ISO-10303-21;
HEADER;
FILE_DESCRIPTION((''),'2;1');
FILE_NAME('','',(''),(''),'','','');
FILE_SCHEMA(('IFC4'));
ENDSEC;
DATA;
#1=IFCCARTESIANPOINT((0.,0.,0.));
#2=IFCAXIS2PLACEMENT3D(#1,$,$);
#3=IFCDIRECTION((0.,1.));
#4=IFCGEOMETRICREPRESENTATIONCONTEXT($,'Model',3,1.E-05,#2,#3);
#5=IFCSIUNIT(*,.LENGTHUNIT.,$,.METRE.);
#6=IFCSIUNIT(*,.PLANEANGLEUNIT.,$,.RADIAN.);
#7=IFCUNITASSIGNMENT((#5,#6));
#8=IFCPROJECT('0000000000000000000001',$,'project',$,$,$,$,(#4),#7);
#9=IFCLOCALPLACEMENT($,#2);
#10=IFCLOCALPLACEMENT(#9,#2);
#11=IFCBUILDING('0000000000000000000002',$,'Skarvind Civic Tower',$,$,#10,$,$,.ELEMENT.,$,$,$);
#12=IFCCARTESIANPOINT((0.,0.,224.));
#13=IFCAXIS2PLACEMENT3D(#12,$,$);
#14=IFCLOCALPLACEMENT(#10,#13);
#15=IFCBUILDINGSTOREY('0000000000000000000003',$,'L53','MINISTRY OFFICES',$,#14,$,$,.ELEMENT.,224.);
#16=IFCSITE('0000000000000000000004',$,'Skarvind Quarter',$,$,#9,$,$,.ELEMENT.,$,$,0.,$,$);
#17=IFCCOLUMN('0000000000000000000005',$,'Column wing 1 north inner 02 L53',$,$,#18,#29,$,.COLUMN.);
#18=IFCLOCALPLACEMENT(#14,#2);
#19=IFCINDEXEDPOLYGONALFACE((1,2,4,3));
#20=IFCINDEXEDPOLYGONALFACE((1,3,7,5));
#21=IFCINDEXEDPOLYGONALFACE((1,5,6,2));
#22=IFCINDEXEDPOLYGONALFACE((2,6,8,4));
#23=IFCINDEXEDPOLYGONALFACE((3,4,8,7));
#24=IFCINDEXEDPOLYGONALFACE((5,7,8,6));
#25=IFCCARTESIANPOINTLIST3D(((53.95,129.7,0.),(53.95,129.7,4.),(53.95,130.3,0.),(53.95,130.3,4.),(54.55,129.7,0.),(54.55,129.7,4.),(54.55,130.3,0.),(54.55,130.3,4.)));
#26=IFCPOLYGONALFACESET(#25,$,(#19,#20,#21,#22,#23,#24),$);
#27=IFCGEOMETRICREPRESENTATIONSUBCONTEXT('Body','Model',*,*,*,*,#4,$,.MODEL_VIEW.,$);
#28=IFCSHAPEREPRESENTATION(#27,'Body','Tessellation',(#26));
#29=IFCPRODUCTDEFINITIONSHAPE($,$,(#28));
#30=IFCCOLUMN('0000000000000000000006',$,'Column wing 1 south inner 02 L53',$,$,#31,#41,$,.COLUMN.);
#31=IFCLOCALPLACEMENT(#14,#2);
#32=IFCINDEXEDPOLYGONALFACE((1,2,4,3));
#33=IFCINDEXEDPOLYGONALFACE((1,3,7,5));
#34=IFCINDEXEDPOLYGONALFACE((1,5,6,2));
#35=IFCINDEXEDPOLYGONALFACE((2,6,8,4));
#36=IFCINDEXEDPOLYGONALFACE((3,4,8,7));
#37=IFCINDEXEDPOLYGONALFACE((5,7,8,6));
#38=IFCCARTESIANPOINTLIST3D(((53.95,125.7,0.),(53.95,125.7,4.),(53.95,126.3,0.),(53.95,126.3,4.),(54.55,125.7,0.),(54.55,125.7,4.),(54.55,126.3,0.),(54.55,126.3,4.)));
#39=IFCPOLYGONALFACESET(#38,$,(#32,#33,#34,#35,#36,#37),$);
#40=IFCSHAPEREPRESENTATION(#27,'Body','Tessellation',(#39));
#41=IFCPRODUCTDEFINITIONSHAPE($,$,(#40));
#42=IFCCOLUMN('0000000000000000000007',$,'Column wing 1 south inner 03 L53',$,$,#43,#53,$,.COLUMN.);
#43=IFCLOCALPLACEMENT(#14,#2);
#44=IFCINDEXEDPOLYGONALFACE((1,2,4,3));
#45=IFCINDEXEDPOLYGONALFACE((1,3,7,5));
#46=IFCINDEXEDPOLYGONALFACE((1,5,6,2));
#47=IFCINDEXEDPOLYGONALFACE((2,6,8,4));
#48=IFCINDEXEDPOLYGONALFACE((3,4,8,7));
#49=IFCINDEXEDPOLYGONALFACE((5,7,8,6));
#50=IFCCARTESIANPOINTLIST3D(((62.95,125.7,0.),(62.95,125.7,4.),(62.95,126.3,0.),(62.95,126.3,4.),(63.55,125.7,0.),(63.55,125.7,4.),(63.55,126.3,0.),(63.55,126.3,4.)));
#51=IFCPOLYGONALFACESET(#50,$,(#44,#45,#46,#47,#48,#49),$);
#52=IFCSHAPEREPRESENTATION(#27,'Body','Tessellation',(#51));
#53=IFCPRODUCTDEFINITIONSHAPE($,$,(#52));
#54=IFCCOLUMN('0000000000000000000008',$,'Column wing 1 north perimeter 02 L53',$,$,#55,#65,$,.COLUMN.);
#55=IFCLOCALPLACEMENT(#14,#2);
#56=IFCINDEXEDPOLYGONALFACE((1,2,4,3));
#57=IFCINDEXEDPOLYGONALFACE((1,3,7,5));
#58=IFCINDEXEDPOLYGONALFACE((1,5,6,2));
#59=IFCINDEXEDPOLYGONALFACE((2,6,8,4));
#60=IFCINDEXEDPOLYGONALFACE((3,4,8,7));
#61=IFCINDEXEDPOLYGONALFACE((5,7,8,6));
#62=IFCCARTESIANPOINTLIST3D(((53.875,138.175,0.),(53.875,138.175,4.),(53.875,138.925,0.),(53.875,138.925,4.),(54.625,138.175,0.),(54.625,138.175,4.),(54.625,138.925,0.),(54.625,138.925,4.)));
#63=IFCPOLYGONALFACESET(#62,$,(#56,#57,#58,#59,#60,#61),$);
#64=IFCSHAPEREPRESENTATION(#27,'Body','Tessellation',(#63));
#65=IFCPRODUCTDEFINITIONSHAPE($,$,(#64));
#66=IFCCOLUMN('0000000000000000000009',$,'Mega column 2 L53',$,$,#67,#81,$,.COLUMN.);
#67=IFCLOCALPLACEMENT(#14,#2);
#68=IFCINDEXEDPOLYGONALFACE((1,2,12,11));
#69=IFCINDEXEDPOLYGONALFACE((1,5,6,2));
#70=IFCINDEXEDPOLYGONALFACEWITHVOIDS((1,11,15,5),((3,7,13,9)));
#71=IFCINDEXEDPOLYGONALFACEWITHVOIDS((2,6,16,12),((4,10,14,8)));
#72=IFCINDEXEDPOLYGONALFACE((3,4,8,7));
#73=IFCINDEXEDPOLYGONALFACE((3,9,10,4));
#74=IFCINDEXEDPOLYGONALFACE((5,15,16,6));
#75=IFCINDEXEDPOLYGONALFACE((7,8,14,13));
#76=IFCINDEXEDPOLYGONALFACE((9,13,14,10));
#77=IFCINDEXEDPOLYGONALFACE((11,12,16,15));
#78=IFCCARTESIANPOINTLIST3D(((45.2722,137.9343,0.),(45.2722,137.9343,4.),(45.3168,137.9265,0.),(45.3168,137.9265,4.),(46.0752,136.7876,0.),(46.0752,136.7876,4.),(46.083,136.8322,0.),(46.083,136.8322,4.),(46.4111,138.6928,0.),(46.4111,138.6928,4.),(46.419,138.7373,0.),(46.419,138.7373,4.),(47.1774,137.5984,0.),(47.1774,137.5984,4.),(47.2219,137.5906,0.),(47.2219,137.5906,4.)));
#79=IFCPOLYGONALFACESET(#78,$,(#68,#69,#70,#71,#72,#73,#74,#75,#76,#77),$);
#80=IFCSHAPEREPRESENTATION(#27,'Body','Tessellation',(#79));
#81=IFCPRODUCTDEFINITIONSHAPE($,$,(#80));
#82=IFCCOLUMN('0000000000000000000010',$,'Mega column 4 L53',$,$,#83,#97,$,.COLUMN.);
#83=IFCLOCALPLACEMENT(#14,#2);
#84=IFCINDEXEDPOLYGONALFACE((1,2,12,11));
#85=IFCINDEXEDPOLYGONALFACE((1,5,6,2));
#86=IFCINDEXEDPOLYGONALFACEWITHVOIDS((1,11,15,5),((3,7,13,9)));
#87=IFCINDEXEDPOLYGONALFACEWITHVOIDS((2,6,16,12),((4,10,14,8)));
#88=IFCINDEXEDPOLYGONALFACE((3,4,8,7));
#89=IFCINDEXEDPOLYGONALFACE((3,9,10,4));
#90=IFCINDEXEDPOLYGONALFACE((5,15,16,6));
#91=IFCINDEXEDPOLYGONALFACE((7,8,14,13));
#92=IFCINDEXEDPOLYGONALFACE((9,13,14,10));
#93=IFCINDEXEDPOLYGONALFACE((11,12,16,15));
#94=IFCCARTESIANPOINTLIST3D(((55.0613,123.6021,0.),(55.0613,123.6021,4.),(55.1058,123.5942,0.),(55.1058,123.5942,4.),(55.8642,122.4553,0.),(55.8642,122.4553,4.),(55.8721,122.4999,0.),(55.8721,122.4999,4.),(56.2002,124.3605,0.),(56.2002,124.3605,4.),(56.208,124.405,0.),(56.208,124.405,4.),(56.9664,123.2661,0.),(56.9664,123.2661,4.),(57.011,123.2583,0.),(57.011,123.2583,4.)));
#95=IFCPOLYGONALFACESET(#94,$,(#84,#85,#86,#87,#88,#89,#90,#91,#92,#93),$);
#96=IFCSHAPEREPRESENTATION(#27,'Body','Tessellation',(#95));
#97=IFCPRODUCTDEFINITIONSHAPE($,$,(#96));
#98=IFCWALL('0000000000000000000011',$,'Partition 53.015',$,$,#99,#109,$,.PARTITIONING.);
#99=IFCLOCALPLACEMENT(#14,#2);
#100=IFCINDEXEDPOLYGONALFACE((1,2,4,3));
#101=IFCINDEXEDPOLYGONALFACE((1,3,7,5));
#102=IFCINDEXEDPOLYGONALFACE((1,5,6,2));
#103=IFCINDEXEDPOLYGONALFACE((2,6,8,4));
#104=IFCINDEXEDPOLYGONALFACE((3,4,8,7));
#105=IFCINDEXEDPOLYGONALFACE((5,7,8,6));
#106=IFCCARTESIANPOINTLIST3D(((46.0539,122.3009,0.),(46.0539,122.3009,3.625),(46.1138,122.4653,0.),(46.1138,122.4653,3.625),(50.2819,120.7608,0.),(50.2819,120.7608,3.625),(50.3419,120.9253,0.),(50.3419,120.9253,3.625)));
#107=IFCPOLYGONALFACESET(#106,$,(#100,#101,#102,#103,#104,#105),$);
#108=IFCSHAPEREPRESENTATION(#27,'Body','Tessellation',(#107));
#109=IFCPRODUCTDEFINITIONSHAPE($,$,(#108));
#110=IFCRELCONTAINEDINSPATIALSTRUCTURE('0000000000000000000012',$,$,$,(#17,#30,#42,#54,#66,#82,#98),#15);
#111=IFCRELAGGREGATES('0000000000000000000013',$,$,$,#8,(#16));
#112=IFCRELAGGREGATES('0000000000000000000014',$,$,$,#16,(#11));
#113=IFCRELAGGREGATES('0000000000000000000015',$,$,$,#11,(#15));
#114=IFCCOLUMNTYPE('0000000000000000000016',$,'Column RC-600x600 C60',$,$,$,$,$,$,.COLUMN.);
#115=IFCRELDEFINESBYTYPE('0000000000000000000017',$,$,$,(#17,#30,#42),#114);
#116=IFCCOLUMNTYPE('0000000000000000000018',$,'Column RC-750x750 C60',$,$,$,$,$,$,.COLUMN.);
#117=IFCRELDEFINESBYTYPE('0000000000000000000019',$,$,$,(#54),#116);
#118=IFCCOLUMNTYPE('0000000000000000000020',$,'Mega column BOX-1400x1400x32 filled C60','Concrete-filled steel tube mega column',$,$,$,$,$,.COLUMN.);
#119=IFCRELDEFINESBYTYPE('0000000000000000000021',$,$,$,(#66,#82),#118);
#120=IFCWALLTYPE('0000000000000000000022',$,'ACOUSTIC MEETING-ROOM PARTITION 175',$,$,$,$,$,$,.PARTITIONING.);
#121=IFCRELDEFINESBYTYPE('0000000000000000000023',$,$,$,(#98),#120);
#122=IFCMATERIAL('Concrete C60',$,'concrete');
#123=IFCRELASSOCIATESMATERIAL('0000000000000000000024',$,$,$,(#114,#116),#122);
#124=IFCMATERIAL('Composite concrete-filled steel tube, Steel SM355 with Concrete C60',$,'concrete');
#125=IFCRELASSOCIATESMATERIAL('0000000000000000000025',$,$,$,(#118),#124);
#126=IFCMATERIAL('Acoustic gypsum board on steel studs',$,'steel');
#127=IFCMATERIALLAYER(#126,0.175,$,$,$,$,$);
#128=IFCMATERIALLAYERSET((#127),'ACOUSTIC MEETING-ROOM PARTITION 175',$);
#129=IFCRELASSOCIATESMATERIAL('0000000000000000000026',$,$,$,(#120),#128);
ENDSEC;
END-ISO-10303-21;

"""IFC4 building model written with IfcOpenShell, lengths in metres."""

from ifc_helpers import new_model, si_unit, direction, frame, frame_2d, origin, origin_2d, place, context, subcontext, project, spatial, rectangle, hollow_rectangle, extrude, material, layer, layer_set, material_profile, profile_set, type_object, element, save


model = new_model("IFC4")

# Units and contexts
model_context = context("Model", 3, precision=1e-05, world=origin(), true_north=direction((0.0, 1.0)))
body_context = subcontext(model_context, "Body", "Model", "MODEL_VIEW")
ifc_project = project(units=[si_unit("LENGTHUNIT", "METRE"), si_unit("PLANEANGLEUNIT", "RADIAN")], contexts=[model_context])

# Site, building, storey
site_placement = place(None, origin())
site = spatial("IfcSite", under=ifc_project, at=site_placement, Name="Skarvind Quarter", CompositionType="ELEMENT", RefElevation=0.0)
building_placement = place(site_placement, origin())
building = spatial("IfcBuilding", under=site, at=building_placement, Name="Skarvind Civic Tower", CompositionType="ELEMENT")
storey_placement = place(building_placement, frame((0.0, 0.0, 224.0)))
storey = spatial("IfcBuildingStorey", under=building, at=storey_placement, Name="L53", Description="MINISTRY OFFICES", CompositionType="ELEMENT", Elevation=224.0)

# Columns
ifc_material_1 = material(Name="Concrete C60", Category="concrete")
ifc_material_profile_1 = material_profile(ifc_material_1, rectangle(XDim=0.6001, YDim=0.6001, at=origin_2d()), Name="RC-600x600")
ifc_profile_set_1 = profile_set([ifc_material_profile_1], Name="Concrete C60")
column_type_1 = type_object("IfcColumnType", Name="Column RC-600x600 C60", PredefinedType="COLUMN", material=ifc_profile_set_1)
for number, where, z_axis, x_axis, name in (
    (1, (54.25, 130.0, 0.0), (0.0, 0.0, 1.0), (1.0, 0.0, 0.0), "Column wing 1 north inner 02 L53"),
    (2, (54.25, 126.0, 0.0), (0.0, 0.0, 1.0), (1.0, 0.0, 0.0), "Column wing 1 south inner 02 L53"),
    (3, (63.25, 126.0, 0.0), (0.0, 0.0, 1.0), (1.0, 0.0, 0.0), "Column wing 1 south inner 03 L53"),
):
    element("IfcColumn", number, at=place(storey_placement, frame(where, z_axis=z_axis, x_axis=x_axis)), inside=storey, type_object=column_type_1, Name=name, PredefinedType="COLUMN", context=body_context, shape_type="SweptSolid", body=[
        extrude(rectangle(XDim=0.6001, YDim=0.6001, at=origin_2d()), origin(), (0.0, 0.0, 1.0), 4.0),
    ])
ifc_material_profile_2 = material_profile(ifc_material_1, rectangle(XDim=0.75, YDim=0.75, at=origin_2d()), Name="RC-750x750")
ifc_profile_set_2 = profile_set([ifc_material_profile_2], Name="Concrete C60")
column_type_2 = type_object("IfcColumnType", Name="Column RC-750x750 C60", PredefinedType="COLUMN", material=ifc_profile_set_2)
column_placement = place(storey_placement, frame((54.25, 138.55, 0.0), z_axis=(0.0, 0.0, 1.0), x_axis=(1.0, 0.0, 0.0)))
element("IfcColumn", 4, at=column_placement, inside=storey, type_object=column_type_2, Name="Column wing 1 north perimeter 02 L53", PredefinedType="COLUMN", context=body_context, shape_type="SweptSolid", body=[
    extrude(rectangle(XDim=0.75, YDim=0.75, at=origin_2d()), origin(), (0.0, 0.0, 1.0), 4.0),
])
ifc_material_2 = material(Name="Composite concrete-filled steel tube, Steel SM355 with Concrete C60", Category="concrete")
ifc_material_profile_3 = material_profile(ifc_material_2, hollow_rectangle(XDim=1.3999, YDim=1.3999, WallThickness=0.032, at=origin_2d()), Name="BOX-1400x1400x32")
ifc_profile_set_3 = profile_set([ifc_material_profile_3], Name="Composite concrete-filled steel tube, Steel SM355 with Concrete C60")
column_type_3 = type_object("IfcColumnType", Name="Mega column BOX-1400x1400x32 filled C60", Description="Concrete-filled steel tube mega column", PredefinedType="COLUMN", material=ifc_profile_set_3)
for number, where, z_axis, x_axis, name in (
    (5, (46.2471, 137.7625, 0.0), (0.0, 0.0, 1.0), (0.573576, -0.819152, 0.0), "Mega column 2 L53"),
    (6, (56.0361, 123.4302, 0.0), (0.0, 0.0, 1.0), (0.573576, -0.819152, 0.0), "Mega column 4 L53"),
):
    element("IfcColumn", number, at=place(storey_placement, frame(where, z_axis=z_axis, x_axis=x_axis)), inside=storey, type_object=column_type_3, Name=name, PredefinedType="COLUMN", context=body_context, shape_type="SweptSolid", body=[
        extrude(hollow_rectangle(XDim=1.3999, YDim=1.3999, WallThickness=0.032, at=origin_2d()), origin(), (0.0, 0.0, 1.0), 4.0),
    ])

# Wall
ifc_material_3 = material(Name="Acoustic gypsum board on steel studs", Category="steel")
ifc_layer_1 = layer(ifc_material_3, 0.175)
ifc_layer_set_1 = layer_set([ifc_layer_1], Name="ACOUSTIC MEETING-ROOM PARTITION 175")
wall_type_1 = type_object("IfcWallType", Name="ACOUSTIC MEETING-ROOM PARTITION 175", PredefinedType="PARTITIONING", material=ifc_layer_set_1)
wall_1_placement = place(storey_placement, frame((50.312, 120.843, 0.0), z_axis=(0.0, 0.0, 1.0), x_axis=(-0.93961, 0.342248, 0.0)))
element("IfcWall", 7, at=wall_1_placement, inside=storey, type_object=wall_type_1, Name="Partition 53.015", PredefinedType="PARTITIONING", context=body_context, shape_type="SweptSolid", body=[
    extrude(rectangle(XDim=4.4998, YDim=0.175, at=frame_2d((2.25, 0.0))), origin(), (0.0, 0.0, 1.0), 3.625),
])

save(model, "model.ifc")
